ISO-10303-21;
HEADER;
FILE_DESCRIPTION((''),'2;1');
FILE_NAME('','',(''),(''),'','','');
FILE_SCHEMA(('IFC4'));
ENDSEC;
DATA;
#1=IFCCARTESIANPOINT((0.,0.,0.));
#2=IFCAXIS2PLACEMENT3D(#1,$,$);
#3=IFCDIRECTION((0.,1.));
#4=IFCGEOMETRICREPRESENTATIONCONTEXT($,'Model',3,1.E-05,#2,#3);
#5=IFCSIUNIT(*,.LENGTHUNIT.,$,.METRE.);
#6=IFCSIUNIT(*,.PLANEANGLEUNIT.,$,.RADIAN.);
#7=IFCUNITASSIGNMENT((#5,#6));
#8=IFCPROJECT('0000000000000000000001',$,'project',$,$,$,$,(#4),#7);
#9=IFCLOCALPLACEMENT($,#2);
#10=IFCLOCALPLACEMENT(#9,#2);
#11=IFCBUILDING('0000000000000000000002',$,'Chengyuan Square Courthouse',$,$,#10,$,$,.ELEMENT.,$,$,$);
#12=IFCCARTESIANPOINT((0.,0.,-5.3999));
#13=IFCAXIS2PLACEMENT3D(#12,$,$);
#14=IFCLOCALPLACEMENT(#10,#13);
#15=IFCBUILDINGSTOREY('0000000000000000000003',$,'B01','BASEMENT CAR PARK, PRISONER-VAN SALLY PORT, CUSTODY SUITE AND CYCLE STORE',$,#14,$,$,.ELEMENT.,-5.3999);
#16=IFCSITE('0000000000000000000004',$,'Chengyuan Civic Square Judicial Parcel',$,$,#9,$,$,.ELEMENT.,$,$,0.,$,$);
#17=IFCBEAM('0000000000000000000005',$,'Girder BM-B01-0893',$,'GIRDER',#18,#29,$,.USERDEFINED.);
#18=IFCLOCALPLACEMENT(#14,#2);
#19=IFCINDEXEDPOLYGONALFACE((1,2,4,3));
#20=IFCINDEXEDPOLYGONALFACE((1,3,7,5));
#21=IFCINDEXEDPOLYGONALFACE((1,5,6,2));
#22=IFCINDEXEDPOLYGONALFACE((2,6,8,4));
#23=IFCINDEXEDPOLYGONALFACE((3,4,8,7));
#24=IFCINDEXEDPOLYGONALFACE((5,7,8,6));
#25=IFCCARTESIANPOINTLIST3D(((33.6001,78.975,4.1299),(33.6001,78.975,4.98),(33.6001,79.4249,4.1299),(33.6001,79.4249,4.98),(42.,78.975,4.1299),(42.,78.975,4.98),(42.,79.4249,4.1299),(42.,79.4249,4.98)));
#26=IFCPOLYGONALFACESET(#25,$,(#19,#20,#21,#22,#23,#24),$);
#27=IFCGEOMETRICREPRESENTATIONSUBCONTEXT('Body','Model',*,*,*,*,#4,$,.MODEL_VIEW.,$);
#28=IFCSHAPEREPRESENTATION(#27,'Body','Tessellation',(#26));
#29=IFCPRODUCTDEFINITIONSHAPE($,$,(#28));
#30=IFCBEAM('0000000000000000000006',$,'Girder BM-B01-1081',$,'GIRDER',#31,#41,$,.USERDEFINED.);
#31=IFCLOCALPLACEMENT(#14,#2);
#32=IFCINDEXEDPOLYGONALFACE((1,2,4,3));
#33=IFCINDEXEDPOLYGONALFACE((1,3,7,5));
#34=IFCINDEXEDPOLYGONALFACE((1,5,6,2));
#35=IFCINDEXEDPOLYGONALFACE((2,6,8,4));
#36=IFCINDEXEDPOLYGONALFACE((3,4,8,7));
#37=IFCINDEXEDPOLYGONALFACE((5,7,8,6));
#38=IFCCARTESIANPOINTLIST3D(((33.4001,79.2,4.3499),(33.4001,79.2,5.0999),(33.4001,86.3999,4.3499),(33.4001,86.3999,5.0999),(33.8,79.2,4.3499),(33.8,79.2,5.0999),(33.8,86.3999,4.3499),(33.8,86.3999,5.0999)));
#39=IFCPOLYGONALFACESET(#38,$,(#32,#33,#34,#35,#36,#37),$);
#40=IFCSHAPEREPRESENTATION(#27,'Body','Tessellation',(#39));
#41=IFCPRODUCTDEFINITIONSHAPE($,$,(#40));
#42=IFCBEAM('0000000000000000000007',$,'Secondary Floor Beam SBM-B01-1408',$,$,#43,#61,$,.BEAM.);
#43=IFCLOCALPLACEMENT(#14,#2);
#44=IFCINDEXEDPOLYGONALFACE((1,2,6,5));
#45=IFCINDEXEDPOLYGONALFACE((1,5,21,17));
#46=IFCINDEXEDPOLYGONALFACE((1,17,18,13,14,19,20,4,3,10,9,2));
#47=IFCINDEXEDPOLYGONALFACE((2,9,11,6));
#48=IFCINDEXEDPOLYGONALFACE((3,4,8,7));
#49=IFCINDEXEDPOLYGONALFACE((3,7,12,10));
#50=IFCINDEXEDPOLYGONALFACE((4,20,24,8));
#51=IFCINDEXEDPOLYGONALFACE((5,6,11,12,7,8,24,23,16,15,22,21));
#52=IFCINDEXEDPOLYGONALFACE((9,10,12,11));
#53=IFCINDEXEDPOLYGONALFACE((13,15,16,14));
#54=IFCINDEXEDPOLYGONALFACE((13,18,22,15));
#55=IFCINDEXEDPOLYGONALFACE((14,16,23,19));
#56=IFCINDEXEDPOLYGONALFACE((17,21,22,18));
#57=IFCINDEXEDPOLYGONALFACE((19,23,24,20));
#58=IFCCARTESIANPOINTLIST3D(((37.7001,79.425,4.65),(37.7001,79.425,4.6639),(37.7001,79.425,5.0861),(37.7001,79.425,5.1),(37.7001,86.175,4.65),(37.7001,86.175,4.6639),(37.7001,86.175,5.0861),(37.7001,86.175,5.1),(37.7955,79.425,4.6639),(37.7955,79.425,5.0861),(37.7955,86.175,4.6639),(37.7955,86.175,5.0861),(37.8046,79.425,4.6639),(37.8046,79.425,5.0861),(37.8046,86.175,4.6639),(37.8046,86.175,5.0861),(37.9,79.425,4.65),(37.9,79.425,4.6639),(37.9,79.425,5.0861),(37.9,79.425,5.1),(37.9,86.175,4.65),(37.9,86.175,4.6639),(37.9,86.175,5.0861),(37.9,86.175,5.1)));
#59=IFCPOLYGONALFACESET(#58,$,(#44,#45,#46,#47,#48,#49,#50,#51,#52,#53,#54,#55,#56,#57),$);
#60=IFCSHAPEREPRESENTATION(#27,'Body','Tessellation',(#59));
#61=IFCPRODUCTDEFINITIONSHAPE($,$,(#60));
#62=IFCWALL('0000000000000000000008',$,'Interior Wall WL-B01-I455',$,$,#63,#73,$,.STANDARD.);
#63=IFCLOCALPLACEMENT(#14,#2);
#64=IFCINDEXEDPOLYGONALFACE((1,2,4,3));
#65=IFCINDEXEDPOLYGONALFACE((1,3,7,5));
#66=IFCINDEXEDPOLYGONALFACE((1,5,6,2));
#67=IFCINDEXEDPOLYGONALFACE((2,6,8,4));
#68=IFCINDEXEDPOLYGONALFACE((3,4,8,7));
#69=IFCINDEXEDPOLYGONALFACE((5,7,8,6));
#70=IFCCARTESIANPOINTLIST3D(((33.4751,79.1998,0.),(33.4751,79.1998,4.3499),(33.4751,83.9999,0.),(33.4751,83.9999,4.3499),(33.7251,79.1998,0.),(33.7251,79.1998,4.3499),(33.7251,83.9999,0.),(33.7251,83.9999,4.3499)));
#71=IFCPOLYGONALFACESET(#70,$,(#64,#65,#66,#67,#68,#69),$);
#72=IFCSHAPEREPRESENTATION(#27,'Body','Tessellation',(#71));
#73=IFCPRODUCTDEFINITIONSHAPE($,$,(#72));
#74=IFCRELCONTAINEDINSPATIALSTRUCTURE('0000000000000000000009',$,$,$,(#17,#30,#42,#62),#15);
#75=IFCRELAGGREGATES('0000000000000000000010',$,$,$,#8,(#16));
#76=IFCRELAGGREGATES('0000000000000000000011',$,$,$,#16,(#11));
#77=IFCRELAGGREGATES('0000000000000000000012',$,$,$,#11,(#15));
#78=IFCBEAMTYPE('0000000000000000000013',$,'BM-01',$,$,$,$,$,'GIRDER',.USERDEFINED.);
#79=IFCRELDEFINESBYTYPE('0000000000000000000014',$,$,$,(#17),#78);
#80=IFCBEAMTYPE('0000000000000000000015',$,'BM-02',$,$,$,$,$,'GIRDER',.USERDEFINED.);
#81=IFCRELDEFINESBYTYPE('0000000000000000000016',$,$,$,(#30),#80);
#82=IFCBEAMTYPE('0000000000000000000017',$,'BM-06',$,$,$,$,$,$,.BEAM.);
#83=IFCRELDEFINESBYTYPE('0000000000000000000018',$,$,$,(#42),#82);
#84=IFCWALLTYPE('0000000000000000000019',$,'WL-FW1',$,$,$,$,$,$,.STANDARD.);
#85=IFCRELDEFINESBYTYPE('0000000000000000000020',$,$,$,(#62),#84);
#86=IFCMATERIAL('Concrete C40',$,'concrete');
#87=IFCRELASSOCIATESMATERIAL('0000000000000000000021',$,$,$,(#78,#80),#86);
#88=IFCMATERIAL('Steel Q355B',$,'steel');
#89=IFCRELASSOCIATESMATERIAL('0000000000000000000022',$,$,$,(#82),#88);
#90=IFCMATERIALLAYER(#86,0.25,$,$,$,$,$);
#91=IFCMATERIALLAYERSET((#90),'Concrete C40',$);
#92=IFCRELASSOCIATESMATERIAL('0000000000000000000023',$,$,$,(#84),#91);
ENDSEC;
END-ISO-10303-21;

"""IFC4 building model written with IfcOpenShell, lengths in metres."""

from ifc_helpers import new_model, si_unit, direction, frame, frame_2d, origin, origin_2d, place, context, subcontext, project, spatial, rectangle, i_section, extrude, material, layer, layer_set, material_profile, profile_set, type_object, element, save


model = new_model("IFC4")

# Units and contexts
model_context = context("Model", 3, precision=1e-05, world=origin(), true_north=direction((0.0, 1.0)))
body_context = subcontext(model_context, "Body", "Model", "MODEL_VIEW")
ifc_project = project(units=[si_unit("LENGTHUNIT", "METRE"), si_unit("PLANEANGLEUNIT", "RADIAN")], contexts=[model_context])

# Site, building, storey
site_placement = place(None, origin())
site = spatial("IfcSite", under=ifc_project, at=site_placement, Name="Chengyuan Civic Square Judicial Parcel", CompositionType="ELEMENT", RefElevation=0.0)
building_placement = place(site_placement, origin())
building = spatial("IfcBuilding", under=site, at=building_placement, Name="Chengyuan Square Courthouse", CompositionType="ELEMENT")
storey_placement = place(building_placement, frame((0.0, 0.0, -5.3999)))
storey = spatial("IfcBuildingStorey", under=building, at=storey_placement, Name="B01", Description="BASEMENT CAR PARK, PRISONER-VAN SALLY PORT, CUSTODY SUITE AND CYCLE STORE", CompositionType="ELEMENT", Elevation=-5.3999)

# Beams
ifc_material_1 = material(Name="Concrete C40", Category="concrete")
ifc_material_profile_1 = material_profile(ifc_material_1, rectangle(XDim=0.45, YDim=0.8501, at=origin_2d()), Name="RC-BM-450x850")
ifc_profile_set_1 = profile_set([ifc_material_profile_1], Name="Concrete C40")
beam_type_1 = type_object("IfcBeamType", Name="BM-01", ElementType="GIRDER", PredefinedType="USERDEFINED", material=ifc_profile_set_1)
beam_1_placement = place(storey_placement, frame((33.6001, 79.2, 4.5549), z_axis=(1.0, 0.0, 0.0), x_axis=(0.0, 1.0, 0.0)))
element("IfcBeam", 1, at=beam_1_placement, inside=storey, type_object=beam_type_1, Name="Girder BM-B01-0893", ObjectType="GIRDER", PredefinedType="USERDEFINED", context=body_context, shape_type="SweptSolid", body=[
    extrude(rectangle(XDim=0.45, YDim=0.8501, at=origin_2d()), origin(), (0.0, 0.0, 1.0), 8.3999),
])
ifc_material_profile_2 = material_profile(ifc_material_1, rectangle(XDim=0.3999, YDim=0.75, at=origin_2d()), Name="RC-BM-400x750")
ifc_profile_set_2 = profile_set([ifc_material_profile_2], Name="Concrete C40")
beam_type_2 = type_object("IfcBeamType", Name="BM-02", ElementType="GIRDER", PredefinedType="USERDEFINED", material=ifc_profile_set_2)
beam_2_placement = place(storey_placement, frame((33.6001, 79.2, 4.7249), z_axis=(0.0, 1.0, 0.0), x_axis=(-1.0, 0.0, 0.0)))
element("IfcBeam", 2, at=beam_2_placement, inside=storey, type_object=beam_type_2, Name="Girder BM-B01-1081", ObjectType="GIRDER", PredefinedType="USERDEFINED", context=body_context, shape_type="SweptSolid", body=[
    extrude(rectangle(XDim=0.3999, YDim=0.75, at=origin_2d()), origin(), (0.0, 0.0, 1.0), 7.2),
])
ifc_material_2 = material(Name="Steel Q355B", Category="steel")
ifc_material_profile_3 = material_profile(ifc_material_2, i_section(OverallWidth=0.2, OverallDepth=0.45, WebThickness=0.009, FlangeThickness=0.0139, at=origin_2d()), Name="HN 450x200x9x14")
ifc_profile_set_3 = profile_set([ifc_material_profile_3], Name="Steel Q355B")
beam_type_3 = type_object("IfcBeamType", Name="BM-06", PredefinedType="BEAM", material=ifc_profile_set_3)
beam_3_placement = place(storey_placement, frame((37.8, 79.425, 4.875), z_axis=(0.0, 1.0, 0.0), x_axis=(-1.0, 0.0, 0.0)))
element("IfcBeam", 3, at=beam_3_placement, inside=storey, type_object=beam_type_3, Name="Secondary Floor Beam SBM-B01-1408", PredefinedType="BEAM", context=body_context, shape_type="SweptSolid", body=[
    extrude(i_section(OverallWidth=0.2, OverallDepth=0.45, WebThickness=0.009, FlangeThickness=0.0139, at=origin_2d()), origin(), (0.0, 0.0, 1.0), 6.75),
])

# Wall
ifc_layer_1 = layer(ifc_material_1, 0.25)
ifc_layer_set_1 = layer_set([ifc_layer_1], Name="Concrete C40")
wall_type_1 = type_object("IfcWallType", Name="WL-FW1", PredefinedType="STANDARD", material=ifc_layer_set_1)
wall_1_placement = place(storey_placement, frame((33.6001, 79.2, 0.0), z_axis=(0.0, 0.0, 1.0), x_axis=(0.0, 1.0, 0.0)))
element("IfcWall", 4, at=wall_1_placement, inside=storey, type_object=wall_type_1, Name="Interior Wall WL-B01-I455", PredefinedType="STANDARD", context=body_context, shape_type="SweptSolid", body=[
    extrude(rectangle(XDim=4.8, YDim=0.25, at=frame_2d((2.3999, 0.0))), origin(), (0.0, 0.0, 1.0), 4.3499),
])

save(model, "model.ifc")
